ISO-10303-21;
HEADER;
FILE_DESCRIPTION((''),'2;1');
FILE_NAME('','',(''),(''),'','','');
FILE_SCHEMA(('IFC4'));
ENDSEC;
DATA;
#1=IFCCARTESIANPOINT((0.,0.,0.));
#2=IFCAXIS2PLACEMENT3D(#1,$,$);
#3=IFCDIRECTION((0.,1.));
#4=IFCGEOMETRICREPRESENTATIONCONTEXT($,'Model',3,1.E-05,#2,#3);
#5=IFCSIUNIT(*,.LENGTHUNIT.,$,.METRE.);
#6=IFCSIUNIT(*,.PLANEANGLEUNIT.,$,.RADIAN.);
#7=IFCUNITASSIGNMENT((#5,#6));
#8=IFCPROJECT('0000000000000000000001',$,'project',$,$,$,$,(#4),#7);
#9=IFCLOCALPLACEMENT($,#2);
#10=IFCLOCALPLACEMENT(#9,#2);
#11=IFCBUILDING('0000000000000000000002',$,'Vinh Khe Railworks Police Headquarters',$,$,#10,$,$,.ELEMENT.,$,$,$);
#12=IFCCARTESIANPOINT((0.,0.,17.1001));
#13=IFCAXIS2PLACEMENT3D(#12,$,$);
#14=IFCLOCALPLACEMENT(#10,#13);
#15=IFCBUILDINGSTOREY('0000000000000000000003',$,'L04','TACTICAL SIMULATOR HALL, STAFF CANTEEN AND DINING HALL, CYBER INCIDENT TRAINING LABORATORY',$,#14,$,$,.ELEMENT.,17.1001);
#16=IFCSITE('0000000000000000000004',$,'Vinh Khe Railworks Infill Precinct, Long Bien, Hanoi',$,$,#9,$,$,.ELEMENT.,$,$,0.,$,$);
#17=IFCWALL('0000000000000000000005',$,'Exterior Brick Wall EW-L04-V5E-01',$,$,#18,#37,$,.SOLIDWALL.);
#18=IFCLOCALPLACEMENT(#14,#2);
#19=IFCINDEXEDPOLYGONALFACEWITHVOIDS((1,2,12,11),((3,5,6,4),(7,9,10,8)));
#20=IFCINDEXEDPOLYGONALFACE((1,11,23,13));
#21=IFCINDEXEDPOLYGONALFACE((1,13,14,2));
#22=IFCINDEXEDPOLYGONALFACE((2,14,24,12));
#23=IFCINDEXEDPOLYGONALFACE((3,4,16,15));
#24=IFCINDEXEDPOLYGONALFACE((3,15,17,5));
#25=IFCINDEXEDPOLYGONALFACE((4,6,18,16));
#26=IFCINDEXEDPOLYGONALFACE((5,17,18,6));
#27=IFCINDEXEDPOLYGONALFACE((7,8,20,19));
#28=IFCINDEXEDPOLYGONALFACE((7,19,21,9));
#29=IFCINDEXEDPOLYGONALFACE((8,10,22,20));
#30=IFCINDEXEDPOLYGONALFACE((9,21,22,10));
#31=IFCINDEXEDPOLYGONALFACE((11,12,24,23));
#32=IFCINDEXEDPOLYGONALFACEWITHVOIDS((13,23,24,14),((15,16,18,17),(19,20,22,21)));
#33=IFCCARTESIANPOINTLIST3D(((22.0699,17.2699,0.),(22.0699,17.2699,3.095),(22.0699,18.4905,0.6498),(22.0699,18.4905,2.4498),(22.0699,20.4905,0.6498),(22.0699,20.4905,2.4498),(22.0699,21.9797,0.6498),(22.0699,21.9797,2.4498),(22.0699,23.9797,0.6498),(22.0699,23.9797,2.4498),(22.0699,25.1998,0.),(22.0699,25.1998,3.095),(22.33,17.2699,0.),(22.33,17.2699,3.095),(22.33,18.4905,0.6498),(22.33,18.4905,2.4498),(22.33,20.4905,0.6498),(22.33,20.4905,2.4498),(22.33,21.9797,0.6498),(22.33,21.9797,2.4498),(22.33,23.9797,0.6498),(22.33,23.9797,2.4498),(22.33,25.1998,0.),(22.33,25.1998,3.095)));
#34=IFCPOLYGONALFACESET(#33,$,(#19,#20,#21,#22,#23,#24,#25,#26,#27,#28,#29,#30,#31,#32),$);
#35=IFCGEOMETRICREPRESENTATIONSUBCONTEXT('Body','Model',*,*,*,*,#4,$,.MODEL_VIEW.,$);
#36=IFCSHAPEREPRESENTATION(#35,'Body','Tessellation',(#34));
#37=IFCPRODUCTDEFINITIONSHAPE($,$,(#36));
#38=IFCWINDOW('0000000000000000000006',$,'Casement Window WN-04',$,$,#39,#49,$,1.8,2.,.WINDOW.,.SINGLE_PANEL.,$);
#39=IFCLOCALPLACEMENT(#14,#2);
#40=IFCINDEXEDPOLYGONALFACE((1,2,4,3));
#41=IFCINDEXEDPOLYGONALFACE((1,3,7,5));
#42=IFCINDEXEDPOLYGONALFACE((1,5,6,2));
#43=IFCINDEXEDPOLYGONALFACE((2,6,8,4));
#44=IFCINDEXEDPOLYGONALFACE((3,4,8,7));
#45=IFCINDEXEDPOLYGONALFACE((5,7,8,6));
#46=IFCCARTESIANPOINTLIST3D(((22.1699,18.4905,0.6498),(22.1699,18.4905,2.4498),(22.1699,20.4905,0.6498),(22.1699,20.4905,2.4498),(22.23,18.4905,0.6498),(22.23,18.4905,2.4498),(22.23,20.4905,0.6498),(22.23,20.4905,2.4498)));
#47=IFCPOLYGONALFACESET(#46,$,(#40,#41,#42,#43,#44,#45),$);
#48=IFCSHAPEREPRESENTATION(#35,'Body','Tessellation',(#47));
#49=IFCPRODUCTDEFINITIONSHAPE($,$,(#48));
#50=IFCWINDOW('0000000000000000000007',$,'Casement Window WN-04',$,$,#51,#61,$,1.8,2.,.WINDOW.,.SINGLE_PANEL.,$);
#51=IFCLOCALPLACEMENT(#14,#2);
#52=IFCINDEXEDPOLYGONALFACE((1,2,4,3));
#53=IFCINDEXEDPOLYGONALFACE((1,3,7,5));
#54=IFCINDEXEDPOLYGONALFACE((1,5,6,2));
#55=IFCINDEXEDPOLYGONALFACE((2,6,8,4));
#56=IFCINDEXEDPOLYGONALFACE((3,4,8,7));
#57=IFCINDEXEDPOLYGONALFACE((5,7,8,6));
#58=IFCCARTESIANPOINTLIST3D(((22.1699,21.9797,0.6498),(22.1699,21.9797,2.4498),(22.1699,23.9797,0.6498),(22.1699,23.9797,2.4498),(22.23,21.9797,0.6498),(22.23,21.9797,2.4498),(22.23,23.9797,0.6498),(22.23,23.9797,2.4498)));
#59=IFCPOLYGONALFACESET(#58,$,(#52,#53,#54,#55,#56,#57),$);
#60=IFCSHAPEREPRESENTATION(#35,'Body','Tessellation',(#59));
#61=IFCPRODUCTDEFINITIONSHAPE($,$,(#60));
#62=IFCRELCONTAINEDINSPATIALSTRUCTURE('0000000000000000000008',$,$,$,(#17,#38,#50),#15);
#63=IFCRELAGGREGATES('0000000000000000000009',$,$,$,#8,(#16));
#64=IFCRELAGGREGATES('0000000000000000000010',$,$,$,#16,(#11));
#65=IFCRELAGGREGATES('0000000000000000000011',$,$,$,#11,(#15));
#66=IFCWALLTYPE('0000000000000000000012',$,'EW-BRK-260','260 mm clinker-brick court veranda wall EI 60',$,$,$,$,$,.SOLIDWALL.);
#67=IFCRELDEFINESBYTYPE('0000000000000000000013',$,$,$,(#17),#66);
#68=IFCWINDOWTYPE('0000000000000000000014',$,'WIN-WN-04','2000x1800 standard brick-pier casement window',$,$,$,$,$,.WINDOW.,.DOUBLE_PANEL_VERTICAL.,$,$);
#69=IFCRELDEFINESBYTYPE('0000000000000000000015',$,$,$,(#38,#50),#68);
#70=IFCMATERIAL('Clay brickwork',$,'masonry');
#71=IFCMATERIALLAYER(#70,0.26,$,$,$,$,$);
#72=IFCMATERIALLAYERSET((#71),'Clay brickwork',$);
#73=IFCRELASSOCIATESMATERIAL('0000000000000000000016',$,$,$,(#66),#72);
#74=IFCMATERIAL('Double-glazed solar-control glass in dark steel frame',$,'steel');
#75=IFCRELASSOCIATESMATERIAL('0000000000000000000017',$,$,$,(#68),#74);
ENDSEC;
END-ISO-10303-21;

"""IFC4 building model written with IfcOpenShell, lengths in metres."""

from ifc_helpers import new_model, si_unit, direction, frame, frame_2d, origin, place, context, subcontext, project, spatial, rectangle, extrude, material, layer, layer_set, type_object, element, fill, save


model = new_model("IFC4")

# Units and contexts
model_context = context("Model", 3, precision=1e-05, world=origin(), true_north=direction((0.0, 1.0)))
body_context = subcontext(model_context, "Body", "Model", "MODEL_VIEW")
ifc_project = project(units=[si_unit("LENGTHUNIT", "METRE"), si_unit("PLANEANGLEUNIT", "RADIAN")], contexts=[model_context])

# Site, building, storey
site_placement = place(None, origin())
site = spatial("IfcSite", under=ifc_project, at=site_placement, Name="Vinh Khe Railworks Infill Precinct, Long Bien, Hanoi", CompositionType="ELEMENT", RefElevation=0.0)
building_placement = place(site_placement, origin())
building = spatial("IfcBuilding", under=site, at=building_placement, Name="Vinh Khe Railworks Police Headquarters", CompositionType="ELEMENT")
storey_placement = place(building_placement, frame((0.0, 0.0, 17.1001)))
storey = spatial("IfcBuildingStorey", under=building, at=storey_placement, Name="L04", Description="TACTICAL SIMULATOR HALL, STAFF CANTEEN AND DINING HALL, CYBER INCIDENT TRAINING LABORATORY", CompositionType="ELEMENT", Elevation=17.1001)

# Wall, openings, windows
ifc_material_1 = material(Name="Clay brickwork", Category="masonry")
ifc_layer_1 = layer(ifc_material_1, 0.26)
ifc_layer_set_1 = layer_set([ifc_layer_1], Name="Clay brickwork")
wall_type = type_object("IfcWallType", Name="EW-BRK-260", Description="260 mm clinker-brick court veranda wall EI 60", PredefinedType="SOLIDWALL", material=ifc_layer_set_1)
wall_placement = place(storey_placement, frame((22.2, 17.27, 0.0), z_axis=(0.0, 0.0, 1.0), x_axis=(0.0, 1.0, 0.0)))
wall = element("IfcWall", 1, at=wall_placement, inside=storey, type_object=wall_type, Name="Exterior Brick Wall EW-L04-V5E-01", PredefinedType="SOLIDWALL", context=body_context, shape_type="SweptSolid", body=[
    extrude(rectangle(XDim=7.9299, YDim=0.26, at=frame_2d((3.9648, 0.0))), origin(), (0.0, 0.0, 1.0), 3.095),
])
opening_1_placement = place(wall_placement, frame((1.2205, 0.0, 0.6499)))
opening_1 = element("IfcOpeningElement", 2, at=opening_1_placement, cuts=wall, PredefinedType="OPENING", context=body_context, shape_type="SweptSolid", body=[
    extrude(rectangle(XDim=2.0, YDim=1.8, at=frame_2d((1.0, 0.8999))), frame((0.0, 0.145, 0.0), z_axis=(0.0, -1.0, 0.0), x_axis=(1.0, 0.0, 0.0)), (0.0, 0.0, 1.0), 0.2898),
])
opening_2_placement = place(wall_placement, frame((4.7097, 0.0, 0.6499)))
opening_2 = element("IfcOpeningElement", 3, at=opening_2_placement, cuts=wall, PredefinedType="OPENING", context=body_context, shape_type="SweptSolid", body=[
    extrude(rectangle(XDim=2.0, YDim=1.8, at=frame_2d((1.0, 0.8999))), frame((0.0, 0.145, 0.0), z_axis=(0.0, -1.0, 0.0), x_axis=(1.0, 0.0, 0.0)), (0.0, 0.0, 1.0), 0.2898),
])
ifc_material_2 = material(Name="Double-glazed solar-control glass in dark steel frame", Category="steel")
window_type = type_object("IfcWindowType", Name="WIN-WN-04", Description="2000x1800 standard brick-pier casement window", PartitioningType="DOUBLE_PANEL_VERTICAL", PredefinedType="WINDOW", material=ifc_material_2)
window_1_placement = place(opening_1_placement, origin())
window_1 = element("IfcWindow", 4, at=window_1_placement, inside=storey, type_object=window_type, Name="Casement Window WN-04", OverallHeight=1.8, OverallWidth=2.0, PartitioningType="SINGLE_PANEL", PredefinedType="WINDOW", context=body_context, shape_type="SweptSolid", body=[
    extrude(rectangle(XDim=2.0, YDim=1.8, at=frame_2d((1.0, 0.8999))), frame((0.0, 0.03, 0.0), z_axis=(0.0, -1.0, 0.0), x_axis=(1.0, 0.0, 0.0)), (0.0, 0.0, 1.0), 0.0601),
])
fill(opening_1, window_1)
window_2_placement = place(opening_2_placement, origin())
window_2 = element("IfcWindow", 5, at=window_2_placement, inside=storey, type_object=window_type, Name="Casement Window WN-04", OverallHeight=1.8, OverallWidth=2.0, PartitioningType="SINGLE_PANEL", PredefinedType="WINDOW", context=body_context, shape_type="SweptSolid", body=[
    extrude(rectangle(XDim=2.0, YDim=1.8, at=frame_2d((1.0, 0.8999))), frame((0.0, 0.03, 0.0), z_axis=(0.0, -1.0, 0.0), x_axis=(1.0, 0.0, 0.0)), (0.0, 0.0, 1.0), 0.0601),
])
fill(opening_2, window_2)

save(model, "model.ifc")
